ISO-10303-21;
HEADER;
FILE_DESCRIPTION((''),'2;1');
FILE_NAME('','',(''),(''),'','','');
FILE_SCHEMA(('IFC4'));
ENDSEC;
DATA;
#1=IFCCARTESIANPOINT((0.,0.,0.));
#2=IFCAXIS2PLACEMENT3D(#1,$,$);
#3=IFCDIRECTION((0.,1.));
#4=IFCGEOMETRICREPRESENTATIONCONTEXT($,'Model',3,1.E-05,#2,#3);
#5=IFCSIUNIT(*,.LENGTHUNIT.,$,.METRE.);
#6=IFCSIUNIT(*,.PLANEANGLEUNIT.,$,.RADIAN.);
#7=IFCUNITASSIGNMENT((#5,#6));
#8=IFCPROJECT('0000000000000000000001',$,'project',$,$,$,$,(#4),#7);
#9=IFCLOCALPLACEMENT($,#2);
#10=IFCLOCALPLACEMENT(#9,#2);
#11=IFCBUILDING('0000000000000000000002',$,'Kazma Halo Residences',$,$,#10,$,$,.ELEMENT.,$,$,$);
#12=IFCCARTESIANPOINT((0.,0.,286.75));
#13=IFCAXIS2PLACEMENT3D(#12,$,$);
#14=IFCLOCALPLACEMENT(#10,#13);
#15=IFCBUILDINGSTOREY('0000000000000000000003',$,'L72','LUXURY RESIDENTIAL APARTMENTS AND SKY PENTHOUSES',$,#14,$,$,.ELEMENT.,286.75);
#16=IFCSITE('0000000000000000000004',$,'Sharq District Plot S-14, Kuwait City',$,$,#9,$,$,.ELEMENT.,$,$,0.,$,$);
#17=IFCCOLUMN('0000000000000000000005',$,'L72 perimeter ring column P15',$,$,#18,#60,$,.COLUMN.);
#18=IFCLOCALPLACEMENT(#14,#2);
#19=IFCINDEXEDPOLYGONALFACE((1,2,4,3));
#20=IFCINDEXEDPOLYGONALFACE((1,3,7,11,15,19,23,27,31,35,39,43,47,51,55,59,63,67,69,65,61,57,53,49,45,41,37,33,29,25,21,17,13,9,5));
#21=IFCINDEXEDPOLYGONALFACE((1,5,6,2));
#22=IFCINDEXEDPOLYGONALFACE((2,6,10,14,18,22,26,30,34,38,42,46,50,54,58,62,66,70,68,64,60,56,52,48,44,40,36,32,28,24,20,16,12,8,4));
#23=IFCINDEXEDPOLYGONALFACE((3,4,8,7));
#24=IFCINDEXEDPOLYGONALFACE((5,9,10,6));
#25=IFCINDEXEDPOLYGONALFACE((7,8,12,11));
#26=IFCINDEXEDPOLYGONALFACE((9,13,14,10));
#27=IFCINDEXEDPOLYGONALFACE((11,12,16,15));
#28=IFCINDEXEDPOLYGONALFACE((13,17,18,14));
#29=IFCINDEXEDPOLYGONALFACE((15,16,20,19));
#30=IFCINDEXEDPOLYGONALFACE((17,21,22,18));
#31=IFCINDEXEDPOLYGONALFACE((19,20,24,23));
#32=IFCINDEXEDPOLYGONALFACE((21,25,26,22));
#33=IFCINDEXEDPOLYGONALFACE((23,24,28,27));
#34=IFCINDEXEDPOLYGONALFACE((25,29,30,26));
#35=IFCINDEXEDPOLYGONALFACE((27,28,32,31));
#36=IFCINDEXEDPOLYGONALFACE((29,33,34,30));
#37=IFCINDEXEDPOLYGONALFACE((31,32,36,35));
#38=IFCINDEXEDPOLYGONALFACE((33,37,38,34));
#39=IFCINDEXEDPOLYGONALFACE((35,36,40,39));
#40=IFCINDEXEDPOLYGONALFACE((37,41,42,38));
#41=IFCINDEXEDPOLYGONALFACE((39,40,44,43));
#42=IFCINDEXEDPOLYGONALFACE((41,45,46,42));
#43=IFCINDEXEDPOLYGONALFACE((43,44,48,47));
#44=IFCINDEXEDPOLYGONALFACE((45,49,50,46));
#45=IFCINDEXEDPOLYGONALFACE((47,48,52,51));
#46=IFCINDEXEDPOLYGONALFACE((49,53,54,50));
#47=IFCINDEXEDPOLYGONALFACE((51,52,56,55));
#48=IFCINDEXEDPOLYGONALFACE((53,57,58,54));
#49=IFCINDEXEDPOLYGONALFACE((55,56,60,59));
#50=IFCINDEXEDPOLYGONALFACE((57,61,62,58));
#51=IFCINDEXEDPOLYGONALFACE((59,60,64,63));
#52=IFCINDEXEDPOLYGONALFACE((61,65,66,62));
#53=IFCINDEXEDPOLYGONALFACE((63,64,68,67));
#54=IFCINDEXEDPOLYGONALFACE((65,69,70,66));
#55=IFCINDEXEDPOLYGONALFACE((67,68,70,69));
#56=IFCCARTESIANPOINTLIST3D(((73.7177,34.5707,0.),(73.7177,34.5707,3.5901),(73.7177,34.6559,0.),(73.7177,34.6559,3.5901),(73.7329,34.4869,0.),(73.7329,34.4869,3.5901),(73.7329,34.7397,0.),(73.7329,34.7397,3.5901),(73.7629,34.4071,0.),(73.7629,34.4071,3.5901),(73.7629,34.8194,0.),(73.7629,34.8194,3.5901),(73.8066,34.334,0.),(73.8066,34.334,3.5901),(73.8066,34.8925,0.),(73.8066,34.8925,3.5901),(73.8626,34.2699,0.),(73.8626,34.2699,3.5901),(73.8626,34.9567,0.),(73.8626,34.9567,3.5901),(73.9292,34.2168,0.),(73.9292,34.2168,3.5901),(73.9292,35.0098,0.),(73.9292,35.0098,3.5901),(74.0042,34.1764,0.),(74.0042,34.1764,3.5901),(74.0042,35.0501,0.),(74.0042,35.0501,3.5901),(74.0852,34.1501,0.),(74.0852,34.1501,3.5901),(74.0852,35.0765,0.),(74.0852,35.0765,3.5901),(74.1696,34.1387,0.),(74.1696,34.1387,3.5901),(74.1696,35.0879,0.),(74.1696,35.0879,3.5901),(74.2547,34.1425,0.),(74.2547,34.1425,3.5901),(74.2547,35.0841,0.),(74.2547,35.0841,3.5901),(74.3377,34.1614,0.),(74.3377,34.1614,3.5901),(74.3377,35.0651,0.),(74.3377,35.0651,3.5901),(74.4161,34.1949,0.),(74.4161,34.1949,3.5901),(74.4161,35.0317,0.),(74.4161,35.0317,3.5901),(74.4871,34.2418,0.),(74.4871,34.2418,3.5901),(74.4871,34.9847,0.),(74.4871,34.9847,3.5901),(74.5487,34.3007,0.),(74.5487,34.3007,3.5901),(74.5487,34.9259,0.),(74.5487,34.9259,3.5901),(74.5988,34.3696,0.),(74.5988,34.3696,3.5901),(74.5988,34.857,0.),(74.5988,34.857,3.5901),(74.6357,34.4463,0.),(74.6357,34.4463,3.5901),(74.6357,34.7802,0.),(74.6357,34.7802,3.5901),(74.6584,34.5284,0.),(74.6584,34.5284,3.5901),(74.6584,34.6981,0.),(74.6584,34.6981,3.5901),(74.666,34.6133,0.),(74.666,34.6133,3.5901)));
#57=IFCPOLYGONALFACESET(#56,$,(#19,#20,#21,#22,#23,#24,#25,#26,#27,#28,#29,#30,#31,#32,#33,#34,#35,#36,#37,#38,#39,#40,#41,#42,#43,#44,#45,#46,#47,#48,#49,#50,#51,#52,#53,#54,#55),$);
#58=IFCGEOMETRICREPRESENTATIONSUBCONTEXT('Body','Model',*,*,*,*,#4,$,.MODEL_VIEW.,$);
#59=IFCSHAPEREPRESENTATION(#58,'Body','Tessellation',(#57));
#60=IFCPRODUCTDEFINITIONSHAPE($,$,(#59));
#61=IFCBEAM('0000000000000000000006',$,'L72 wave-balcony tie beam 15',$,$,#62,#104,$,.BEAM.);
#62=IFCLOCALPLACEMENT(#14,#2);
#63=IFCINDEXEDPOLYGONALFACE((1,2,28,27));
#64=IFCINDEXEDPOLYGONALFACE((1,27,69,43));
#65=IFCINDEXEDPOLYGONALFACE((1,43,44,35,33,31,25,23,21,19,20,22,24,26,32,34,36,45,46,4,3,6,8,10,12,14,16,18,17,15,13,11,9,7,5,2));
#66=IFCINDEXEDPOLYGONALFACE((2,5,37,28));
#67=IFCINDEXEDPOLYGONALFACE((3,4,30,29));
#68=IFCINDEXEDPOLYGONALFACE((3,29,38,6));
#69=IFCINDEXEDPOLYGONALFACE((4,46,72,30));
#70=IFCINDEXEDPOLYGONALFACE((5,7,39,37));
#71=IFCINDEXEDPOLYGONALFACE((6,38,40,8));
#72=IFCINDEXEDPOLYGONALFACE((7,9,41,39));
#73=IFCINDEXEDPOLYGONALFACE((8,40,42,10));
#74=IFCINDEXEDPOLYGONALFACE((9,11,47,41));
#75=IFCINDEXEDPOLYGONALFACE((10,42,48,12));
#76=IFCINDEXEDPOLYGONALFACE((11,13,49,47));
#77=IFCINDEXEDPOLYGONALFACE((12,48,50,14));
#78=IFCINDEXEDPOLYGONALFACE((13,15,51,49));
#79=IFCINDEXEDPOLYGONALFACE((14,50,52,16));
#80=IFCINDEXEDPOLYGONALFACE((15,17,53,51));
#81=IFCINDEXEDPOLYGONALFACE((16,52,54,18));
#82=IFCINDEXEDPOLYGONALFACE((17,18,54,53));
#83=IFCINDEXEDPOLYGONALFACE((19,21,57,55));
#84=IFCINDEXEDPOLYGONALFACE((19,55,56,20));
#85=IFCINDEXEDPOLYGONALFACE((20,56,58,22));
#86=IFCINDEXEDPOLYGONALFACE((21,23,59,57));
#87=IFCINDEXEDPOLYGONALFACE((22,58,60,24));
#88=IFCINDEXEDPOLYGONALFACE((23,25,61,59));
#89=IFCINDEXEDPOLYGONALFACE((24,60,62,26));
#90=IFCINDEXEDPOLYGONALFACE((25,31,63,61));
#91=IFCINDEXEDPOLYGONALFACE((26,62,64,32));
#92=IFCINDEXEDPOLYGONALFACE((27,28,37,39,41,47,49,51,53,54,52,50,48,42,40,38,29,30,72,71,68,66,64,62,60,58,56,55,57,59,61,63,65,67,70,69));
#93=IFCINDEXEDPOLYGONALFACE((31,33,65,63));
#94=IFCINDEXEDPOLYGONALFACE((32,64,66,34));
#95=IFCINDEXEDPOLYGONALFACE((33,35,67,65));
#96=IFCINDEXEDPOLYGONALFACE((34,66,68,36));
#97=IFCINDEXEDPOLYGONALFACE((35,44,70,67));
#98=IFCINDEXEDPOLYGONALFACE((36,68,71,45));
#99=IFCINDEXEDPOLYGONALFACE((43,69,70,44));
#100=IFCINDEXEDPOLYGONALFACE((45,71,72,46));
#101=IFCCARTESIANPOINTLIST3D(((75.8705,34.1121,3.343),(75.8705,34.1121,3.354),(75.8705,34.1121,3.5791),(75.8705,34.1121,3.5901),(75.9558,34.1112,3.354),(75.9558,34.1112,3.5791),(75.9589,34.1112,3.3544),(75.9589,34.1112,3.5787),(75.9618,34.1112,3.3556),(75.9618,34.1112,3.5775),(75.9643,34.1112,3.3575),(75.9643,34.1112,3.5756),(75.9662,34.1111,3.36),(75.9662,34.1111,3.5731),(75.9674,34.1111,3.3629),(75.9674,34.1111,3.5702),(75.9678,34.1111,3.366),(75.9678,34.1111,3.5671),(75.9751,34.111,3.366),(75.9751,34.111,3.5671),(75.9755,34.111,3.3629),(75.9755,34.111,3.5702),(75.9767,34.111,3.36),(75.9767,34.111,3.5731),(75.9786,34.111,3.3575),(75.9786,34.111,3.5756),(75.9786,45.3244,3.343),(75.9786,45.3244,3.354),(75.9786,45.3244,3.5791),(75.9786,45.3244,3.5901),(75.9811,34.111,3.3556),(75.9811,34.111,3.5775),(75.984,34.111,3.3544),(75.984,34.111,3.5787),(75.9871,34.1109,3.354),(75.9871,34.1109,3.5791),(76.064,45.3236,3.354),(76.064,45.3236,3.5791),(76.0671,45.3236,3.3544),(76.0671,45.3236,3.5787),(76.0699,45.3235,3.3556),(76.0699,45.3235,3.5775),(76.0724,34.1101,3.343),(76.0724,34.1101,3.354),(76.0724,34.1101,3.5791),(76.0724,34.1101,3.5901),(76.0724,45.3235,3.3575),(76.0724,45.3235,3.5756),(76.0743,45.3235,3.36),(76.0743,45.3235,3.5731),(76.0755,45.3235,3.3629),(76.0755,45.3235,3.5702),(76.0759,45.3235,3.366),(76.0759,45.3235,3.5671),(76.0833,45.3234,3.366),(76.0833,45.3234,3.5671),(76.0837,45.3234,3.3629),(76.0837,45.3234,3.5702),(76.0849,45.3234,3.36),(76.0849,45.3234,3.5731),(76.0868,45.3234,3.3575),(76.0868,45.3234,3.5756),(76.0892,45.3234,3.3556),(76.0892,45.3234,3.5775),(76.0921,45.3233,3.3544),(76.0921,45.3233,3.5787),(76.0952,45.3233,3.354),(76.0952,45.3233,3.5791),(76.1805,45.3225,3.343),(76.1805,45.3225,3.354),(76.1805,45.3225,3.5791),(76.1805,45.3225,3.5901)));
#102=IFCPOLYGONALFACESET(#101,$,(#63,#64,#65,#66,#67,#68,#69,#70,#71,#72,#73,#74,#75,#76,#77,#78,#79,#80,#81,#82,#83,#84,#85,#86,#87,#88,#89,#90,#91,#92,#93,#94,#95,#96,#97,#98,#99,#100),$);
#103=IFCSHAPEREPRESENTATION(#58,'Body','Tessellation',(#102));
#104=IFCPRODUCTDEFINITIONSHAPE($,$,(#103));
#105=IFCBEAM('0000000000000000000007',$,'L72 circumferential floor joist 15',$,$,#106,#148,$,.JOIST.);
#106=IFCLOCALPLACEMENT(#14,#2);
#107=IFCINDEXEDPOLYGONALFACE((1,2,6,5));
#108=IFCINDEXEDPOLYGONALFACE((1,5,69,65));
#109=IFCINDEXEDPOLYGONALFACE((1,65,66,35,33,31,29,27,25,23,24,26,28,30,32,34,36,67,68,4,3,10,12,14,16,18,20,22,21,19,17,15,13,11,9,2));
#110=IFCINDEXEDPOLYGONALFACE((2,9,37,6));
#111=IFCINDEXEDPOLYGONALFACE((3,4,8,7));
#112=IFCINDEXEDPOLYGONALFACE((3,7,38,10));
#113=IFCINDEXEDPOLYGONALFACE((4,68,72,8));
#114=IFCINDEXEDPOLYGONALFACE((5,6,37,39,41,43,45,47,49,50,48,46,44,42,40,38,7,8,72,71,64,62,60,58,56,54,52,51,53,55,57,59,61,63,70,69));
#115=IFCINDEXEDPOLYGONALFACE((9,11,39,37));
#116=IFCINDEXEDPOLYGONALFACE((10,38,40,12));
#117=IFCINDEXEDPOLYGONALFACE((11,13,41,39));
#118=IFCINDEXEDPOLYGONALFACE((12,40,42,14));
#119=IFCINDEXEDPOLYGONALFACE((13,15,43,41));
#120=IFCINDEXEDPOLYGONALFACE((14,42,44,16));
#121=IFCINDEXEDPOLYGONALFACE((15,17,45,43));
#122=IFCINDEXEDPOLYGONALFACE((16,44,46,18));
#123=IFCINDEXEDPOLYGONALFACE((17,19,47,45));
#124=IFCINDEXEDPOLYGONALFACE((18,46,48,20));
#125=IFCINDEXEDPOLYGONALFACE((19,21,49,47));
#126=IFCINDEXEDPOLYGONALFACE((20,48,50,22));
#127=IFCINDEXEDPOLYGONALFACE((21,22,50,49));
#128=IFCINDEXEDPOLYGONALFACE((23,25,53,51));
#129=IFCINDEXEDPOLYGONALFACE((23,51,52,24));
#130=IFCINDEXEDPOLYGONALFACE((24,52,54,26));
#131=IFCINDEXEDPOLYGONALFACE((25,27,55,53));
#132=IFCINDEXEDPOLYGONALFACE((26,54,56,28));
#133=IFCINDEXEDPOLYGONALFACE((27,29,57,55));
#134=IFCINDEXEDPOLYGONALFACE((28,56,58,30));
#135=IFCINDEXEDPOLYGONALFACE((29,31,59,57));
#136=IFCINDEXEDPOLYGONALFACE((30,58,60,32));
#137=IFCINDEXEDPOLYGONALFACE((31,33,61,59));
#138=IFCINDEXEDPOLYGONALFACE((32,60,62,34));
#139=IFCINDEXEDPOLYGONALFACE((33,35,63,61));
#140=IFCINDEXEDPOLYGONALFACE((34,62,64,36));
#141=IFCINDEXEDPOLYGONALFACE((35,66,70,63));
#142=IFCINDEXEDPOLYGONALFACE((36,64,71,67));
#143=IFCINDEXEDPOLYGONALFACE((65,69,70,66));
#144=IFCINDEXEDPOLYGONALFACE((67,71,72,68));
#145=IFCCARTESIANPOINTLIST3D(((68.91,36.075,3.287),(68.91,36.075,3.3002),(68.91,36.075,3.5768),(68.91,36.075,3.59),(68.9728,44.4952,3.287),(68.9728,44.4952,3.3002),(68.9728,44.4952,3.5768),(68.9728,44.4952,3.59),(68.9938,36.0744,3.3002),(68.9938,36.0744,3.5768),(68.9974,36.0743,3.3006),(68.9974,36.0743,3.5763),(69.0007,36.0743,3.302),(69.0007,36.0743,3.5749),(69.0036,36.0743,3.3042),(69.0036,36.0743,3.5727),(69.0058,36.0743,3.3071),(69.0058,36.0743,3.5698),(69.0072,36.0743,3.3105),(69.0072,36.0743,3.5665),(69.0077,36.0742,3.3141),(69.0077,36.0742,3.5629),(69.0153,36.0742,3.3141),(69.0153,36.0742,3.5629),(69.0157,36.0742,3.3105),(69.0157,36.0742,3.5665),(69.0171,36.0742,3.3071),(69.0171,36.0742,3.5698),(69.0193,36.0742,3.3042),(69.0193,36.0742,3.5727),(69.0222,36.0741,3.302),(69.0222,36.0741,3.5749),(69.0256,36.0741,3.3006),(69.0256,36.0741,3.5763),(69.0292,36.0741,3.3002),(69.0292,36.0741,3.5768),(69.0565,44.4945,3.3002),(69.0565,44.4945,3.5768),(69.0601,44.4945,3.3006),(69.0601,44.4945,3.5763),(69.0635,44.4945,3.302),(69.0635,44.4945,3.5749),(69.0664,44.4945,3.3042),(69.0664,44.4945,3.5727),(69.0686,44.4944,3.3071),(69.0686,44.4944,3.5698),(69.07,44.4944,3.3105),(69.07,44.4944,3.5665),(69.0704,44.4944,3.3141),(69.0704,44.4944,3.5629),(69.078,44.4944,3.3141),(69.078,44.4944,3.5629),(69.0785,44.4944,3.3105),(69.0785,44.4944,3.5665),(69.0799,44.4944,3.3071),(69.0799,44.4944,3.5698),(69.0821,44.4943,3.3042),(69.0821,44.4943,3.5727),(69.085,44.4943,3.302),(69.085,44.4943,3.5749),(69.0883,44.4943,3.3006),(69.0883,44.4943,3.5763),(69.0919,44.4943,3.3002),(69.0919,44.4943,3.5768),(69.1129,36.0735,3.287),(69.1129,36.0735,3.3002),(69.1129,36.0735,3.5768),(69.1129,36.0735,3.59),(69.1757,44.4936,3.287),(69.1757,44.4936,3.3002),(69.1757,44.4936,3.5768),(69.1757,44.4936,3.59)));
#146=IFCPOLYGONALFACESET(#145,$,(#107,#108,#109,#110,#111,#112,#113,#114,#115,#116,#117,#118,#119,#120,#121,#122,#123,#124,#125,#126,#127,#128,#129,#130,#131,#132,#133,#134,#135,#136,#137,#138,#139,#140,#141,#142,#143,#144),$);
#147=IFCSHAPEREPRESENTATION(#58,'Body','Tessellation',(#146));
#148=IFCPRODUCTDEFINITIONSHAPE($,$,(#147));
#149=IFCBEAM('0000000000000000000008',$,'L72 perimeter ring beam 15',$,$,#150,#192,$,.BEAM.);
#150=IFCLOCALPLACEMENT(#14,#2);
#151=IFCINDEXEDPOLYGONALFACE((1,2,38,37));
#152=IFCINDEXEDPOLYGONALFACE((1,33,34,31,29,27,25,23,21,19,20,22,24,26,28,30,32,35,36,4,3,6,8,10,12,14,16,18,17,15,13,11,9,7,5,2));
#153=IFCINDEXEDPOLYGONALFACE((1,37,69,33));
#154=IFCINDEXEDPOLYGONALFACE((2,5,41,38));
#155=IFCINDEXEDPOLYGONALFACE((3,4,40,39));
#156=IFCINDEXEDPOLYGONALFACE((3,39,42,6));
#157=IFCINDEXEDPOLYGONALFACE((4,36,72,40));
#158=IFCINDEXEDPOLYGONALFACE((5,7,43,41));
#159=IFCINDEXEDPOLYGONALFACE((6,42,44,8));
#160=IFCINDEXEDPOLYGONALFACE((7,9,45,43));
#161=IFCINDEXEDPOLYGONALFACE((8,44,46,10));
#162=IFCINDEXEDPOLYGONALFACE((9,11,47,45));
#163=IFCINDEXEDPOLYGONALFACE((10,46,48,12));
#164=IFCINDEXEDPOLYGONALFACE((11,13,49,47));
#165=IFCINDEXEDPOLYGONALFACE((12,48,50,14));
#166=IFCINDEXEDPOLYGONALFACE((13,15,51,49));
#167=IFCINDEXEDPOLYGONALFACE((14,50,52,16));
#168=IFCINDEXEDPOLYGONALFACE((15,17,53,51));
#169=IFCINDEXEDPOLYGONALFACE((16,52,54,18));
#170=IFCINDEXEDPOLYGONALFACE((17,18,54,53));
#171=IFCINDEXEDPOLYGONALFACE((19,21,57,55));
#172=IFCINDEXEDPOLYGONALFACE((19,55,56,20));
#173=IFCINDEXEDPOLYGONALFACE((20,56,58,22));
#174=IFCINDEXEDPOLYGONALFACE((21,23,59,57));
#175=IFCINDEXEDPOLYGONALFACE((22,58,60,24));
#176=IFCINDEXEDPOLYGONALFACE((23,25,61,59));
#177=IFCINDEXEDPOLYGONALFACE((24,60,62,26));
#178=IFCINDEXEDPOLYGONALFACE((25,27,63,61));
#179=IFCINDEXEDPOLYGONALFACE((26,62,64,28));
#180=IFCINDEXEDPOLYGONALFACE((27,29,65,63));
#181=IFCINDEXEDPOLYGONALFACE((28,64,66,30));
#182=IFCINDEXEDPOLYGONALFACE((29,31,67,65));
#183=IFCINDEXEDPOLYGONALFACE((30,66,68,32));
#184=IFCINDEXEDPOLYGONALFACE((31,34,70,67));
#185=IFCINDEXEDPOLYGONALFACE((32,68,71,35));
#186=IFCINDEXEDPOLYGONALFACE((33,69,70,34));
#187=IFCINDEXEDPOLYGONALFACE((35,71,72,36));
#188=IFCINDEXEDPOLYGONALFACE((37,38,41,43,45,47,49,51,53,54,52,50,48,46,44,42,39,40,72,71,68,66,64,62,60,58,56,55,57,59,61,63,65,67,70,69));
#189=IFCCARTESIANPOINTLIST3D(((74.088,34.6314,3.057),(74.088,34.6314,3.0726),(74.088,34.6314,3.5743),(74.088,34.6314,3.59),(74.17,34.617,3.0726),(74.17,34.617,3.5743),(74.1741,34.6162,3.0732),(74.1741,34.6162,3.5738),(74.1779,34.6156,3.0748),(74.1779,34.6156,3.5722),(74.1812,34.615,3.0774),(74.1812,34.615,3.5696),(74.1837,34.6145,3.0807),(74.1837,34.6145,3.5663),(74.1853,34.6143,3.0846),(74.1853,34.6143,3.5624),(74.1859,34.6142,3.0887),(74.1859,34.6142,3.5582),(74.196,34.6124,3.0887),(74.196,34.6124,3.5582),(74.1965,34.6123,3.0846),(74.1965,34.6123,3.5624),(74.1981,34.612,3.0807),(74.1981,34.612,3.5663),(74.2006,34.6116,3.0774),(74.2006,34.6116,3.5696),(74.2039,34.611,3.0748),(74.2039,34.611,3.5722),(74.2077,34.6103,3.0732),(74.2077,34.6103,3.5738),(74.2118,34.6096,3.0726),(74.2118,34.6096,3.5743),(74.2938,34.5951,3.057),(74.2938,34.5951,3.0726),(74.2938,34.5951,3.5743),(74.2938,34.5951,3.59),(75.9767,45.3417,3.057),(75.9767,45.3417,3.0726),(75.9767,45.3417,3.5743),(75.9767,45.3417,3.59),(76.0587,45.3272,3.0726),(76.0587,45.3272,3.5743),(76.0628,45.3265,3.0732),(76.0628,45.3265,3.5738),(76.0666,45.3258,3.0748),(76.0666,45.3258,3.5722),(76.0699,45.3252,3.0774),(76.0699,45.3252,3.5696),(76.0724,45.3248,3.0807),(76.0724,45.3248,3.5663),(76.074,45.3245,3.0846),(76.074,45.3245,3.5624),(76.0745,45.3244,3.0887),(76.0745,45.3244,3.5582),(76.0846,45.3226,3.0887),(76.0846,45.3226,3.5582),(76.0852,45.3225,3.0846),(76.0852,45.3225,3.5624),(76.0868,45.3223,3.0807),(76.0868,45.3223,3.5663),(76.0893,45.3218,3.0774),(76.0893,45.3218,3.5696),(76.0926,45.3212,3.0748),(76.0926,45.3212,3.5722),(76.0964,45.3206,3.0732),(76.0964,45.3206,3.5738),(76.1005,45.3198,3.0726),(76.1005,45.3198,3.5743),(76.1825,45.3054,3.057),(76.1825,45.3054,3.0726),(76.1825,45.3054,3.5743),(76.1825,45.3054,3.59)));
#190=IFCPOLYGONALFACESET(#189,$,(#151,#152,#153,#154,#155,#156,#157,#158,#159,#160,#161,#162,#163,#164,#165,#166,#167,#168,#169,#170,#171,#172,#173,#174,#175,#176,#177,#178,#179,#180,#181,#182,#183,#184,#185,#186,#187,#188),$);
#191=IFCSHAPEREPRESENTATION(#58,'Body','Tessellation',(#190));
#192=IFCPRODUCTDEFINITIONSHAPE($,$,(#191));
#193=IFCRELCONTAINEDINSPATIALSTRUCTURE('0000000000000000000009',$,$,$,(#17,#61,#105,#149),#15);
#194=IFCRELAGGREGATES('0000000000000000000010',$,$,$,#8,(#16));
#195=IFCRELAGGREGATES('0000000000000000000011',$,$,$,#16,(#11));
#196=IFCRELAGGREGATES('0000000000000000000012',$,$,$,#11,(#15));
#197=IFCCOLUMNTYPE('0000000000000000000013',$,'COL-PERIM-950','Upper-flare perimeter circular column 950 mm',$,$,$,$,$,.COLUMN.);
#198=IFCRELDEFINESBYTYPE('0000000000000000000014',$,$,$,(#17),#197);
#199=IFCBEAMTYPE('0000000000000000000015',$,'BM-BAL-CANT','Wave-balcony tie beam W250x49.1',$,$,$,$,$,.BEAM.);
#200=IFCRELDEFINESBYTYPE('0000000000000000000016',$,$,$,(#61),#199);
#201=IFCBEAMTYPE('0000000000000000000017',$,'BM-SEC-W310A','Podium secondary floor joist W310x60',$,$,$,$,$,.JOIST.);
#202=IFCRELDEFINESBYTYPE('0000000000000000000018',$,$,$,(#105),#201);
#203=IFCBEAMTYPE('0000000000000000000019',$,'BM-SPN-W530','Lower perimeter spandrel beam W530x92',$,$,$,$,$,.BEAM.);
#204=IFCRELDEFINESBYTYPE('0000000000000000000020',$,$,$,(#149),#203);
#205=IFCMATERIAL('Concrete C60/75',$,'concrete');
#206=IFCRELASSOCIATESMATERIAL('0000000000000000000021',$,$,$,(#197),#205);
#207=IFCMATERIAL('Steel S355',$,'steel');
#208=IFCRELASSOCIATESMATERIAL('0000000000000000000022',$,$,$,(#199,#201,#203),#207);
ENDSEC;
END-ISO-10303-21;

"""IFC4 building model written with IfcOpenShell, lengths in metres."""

from ifc_helpers import new_model, si_unit, direction, frame, origin, origin_2d, place, context, subcontext, project, spatial, circle, i_section, extrude, material, material_profile, profile_set, type_object, element, save


model = new_model("IFC4")

# Units and contexts
model_context = context("Model", 3, precision=1e-05, world=origin(), true_north=direction((0.0, 1.0)))
body_context = subcontext(model_context, "Body", "Model", "MODEL_VIEW")
ifc_project = project(units=[si_unit("LENGTHUNIT", "METRE"), si_unit("PLANEANGLEUNIT", "RADIAN")], contexts=[model_context])

# Site, building, storey
site_placement = place(None, origin())
site = spatial("IfcSite", under=ifc_project, at=site_placement, Name="Sharq District Plot S-14, Kuwait City", CompositionType="ELEMENT", RefElevation=0.0)
building_placement = place(site_placement, origin())
building = spatial("IfcBuilding", under=site, at=building_placement, Name="Kazma Halo Residences", CompositionType="ELEMENT")
storey_placement = place(building_placement, frame((0.0, 0.0, 286.75)))
storey = spatial("IfcBuildingStorey", under=building, at=storey_placement, Name="L72", Description="LUXURY RESIDENTIAL APARTMENTS AND SKY PENTHOUSES", CompositionType="ELEMENT", Elevation=286.75)

# Column
ifc_material_1 = material(Name="Concrete C60/75", Category="concrete")
ifc_material_profile_1 = material_profile(ifc_material_1, circle(Radius=0.4751, at=origin_2d()), Name="CIRC950")
ifc_profile_set_1 = profile_set([ifc_material_profile_1], Name="Concrete C60/75")
column_type = type_object("IfcColumnType", Name="COL-PERIM-950", Description="Upper-flare perimeter circular column 950 mm", PredefinedType="COLUMN", material=ifc_profile_set_1)
column_placement = place(storey_placement, frame((74.1909, 34.6133, 0.0), z_axis=(0.0, 0.0, 1.0), x_axis=(1.0, 0.0, 0.0)))
element("IfcColumn", 1, at=column_placement, inside=storey, type_object=column_type, Name="L72 perimeter ring column P15", PredefinedType="COLUMN", context=body_context, shape_type="SweptSolid", body=[
    extrude(circle(Radius=0.4751, at=origin_2d()), origin(), (0.0, 0.0, 1.0), 3.5901),
])

# Beams
ifc_material_2 = material(Name="Steel S355", Category="steel")
ifc_material_profile_2 = material_profile(ifc_material_2, i_section(OverallWidth=0.2019, OverallDepth=0.2471, WebThickness=0.0073, FlangeThickness=0.011, FilletRadius=0.012, at=origin_2d()), Name="W250x49.1")
ifc_profile_set_2 = profile_set([ifc_material_profile_2], Name="Steel S355")
beam_type_1 = type_object("IfcBeamType", Name="BM-BAL-CANT", Description="Wave-balcony tie beam W250x49.1", PredefinedType="BEAM", material=ifc_profile_set_2)
beam_1_placement = place(storey_placement, frame((75.9714, 34.1111, 3.4666), z_axis=(0.009646, 0.999953, 0.0), x_axis=(-0.999953, 0.009646, 0.0)))
element("IfcBeam", 2, at=beam_1_placement, inside=storey, type_object=beam_type_1, Name="L72 wave-balcony tie beam 15", PredefinedType="BEAM", context=body_context, shape_type="SweptSolid", body=[
    extrude(i_section(OverallWidth=0.2019, OverallDepth=0.2471, WebThickness=0.0073, FlangeThickness=0.011, FilletRadius=0.012, at=origin_2d()), origin(), (0.0, 0.0, 1.0), 11.2129),
])
ifc_material_profile_3 = material_profile(ifc_material_2, i_section(OverallWidth=0.2029, OverallDepth=0.303, WebThickness=0.0076, FlangeThickness=0.0132, FilletRadius=0.0139, at=origin_2d()), Name="W310x60")
ifc_profile_set_3 = profile_set([ifc_material_profile_3], Name="Steel S355")
beam_type_2 = type_object("IfcBeamType", Name="BM-SEC-W310A", Description="Podium secondary floor joist W310x60", PredefinedType="JOIST", material=ifc_profile_set_3)
beam_2_placement = place(storey_placement, frame((69.0115, 36.0742, 3.4385), z_axis=(0.007451, 0.999972, 0.0), x_axis=(-0.999972, 0.007451, 0.0)))
element("IfcBeam", 3, at=beam_2_placement, inside=storey, type_object=beam_type_2, Name="L72 circumferential floor joist 15", PredefinedType="JOIST", context=body_context, shape_type="SweptSolid", body=[
    extrude(i_section(OverallWidth=0.2029, OverallDepth=0.303, WebThickness=0.0076, FlangeThickness=0.0132, FilletRadius=0.0139, at=origin_2d()), origin(), (0.0, 0.0, 1.0), 8.4204),
])
ifc_material_profile_4 = material_profile(ifc_material_2, i_section(OverallWidth=0.209, OverallDepth=0.533, WebThickness=0.0103, FlangeThickness=0.0156, FilletRadius=0.0161, at=origin_2d()), Name="W530x92")
ifc_profile_set_4 = profile_set([ifc_material_profile_4], Name="Steel S355")
beam_type_3 = type_object("IfcBeamType", Name="BM-SPN-W530", Description="Lower perimeter spandrel beam W530x92", PredefinedType="BEAM", material=ifc_profile_set_4)
beam_3_placement = place(storey_placement, frame((74.1909, 34.6133, 3.3235), z_axis=(0.173664, 0.984805, 0.0), x_axis=(-0.984805, 0.173664, 0.0)))
element("IfcBeam", 4, at=beam_3_placement, inside=storey, type_object=beam_type_3, Name="L72 perimeter ring beam 15", PredefinedType="BEAM", context=body_context, shape_type="SweptSolid", body=[
    extrude(i_section(OverallWidth=0.209, OverallDepth=0.533, WebThickness=0.0103, FlangeThickness=0.0156, FilletRadius=0.0161, at=origin_2d()), origin(), (0.0, 0.0, 1.0), 10.8755),
])

save(model, "model.ifc")
